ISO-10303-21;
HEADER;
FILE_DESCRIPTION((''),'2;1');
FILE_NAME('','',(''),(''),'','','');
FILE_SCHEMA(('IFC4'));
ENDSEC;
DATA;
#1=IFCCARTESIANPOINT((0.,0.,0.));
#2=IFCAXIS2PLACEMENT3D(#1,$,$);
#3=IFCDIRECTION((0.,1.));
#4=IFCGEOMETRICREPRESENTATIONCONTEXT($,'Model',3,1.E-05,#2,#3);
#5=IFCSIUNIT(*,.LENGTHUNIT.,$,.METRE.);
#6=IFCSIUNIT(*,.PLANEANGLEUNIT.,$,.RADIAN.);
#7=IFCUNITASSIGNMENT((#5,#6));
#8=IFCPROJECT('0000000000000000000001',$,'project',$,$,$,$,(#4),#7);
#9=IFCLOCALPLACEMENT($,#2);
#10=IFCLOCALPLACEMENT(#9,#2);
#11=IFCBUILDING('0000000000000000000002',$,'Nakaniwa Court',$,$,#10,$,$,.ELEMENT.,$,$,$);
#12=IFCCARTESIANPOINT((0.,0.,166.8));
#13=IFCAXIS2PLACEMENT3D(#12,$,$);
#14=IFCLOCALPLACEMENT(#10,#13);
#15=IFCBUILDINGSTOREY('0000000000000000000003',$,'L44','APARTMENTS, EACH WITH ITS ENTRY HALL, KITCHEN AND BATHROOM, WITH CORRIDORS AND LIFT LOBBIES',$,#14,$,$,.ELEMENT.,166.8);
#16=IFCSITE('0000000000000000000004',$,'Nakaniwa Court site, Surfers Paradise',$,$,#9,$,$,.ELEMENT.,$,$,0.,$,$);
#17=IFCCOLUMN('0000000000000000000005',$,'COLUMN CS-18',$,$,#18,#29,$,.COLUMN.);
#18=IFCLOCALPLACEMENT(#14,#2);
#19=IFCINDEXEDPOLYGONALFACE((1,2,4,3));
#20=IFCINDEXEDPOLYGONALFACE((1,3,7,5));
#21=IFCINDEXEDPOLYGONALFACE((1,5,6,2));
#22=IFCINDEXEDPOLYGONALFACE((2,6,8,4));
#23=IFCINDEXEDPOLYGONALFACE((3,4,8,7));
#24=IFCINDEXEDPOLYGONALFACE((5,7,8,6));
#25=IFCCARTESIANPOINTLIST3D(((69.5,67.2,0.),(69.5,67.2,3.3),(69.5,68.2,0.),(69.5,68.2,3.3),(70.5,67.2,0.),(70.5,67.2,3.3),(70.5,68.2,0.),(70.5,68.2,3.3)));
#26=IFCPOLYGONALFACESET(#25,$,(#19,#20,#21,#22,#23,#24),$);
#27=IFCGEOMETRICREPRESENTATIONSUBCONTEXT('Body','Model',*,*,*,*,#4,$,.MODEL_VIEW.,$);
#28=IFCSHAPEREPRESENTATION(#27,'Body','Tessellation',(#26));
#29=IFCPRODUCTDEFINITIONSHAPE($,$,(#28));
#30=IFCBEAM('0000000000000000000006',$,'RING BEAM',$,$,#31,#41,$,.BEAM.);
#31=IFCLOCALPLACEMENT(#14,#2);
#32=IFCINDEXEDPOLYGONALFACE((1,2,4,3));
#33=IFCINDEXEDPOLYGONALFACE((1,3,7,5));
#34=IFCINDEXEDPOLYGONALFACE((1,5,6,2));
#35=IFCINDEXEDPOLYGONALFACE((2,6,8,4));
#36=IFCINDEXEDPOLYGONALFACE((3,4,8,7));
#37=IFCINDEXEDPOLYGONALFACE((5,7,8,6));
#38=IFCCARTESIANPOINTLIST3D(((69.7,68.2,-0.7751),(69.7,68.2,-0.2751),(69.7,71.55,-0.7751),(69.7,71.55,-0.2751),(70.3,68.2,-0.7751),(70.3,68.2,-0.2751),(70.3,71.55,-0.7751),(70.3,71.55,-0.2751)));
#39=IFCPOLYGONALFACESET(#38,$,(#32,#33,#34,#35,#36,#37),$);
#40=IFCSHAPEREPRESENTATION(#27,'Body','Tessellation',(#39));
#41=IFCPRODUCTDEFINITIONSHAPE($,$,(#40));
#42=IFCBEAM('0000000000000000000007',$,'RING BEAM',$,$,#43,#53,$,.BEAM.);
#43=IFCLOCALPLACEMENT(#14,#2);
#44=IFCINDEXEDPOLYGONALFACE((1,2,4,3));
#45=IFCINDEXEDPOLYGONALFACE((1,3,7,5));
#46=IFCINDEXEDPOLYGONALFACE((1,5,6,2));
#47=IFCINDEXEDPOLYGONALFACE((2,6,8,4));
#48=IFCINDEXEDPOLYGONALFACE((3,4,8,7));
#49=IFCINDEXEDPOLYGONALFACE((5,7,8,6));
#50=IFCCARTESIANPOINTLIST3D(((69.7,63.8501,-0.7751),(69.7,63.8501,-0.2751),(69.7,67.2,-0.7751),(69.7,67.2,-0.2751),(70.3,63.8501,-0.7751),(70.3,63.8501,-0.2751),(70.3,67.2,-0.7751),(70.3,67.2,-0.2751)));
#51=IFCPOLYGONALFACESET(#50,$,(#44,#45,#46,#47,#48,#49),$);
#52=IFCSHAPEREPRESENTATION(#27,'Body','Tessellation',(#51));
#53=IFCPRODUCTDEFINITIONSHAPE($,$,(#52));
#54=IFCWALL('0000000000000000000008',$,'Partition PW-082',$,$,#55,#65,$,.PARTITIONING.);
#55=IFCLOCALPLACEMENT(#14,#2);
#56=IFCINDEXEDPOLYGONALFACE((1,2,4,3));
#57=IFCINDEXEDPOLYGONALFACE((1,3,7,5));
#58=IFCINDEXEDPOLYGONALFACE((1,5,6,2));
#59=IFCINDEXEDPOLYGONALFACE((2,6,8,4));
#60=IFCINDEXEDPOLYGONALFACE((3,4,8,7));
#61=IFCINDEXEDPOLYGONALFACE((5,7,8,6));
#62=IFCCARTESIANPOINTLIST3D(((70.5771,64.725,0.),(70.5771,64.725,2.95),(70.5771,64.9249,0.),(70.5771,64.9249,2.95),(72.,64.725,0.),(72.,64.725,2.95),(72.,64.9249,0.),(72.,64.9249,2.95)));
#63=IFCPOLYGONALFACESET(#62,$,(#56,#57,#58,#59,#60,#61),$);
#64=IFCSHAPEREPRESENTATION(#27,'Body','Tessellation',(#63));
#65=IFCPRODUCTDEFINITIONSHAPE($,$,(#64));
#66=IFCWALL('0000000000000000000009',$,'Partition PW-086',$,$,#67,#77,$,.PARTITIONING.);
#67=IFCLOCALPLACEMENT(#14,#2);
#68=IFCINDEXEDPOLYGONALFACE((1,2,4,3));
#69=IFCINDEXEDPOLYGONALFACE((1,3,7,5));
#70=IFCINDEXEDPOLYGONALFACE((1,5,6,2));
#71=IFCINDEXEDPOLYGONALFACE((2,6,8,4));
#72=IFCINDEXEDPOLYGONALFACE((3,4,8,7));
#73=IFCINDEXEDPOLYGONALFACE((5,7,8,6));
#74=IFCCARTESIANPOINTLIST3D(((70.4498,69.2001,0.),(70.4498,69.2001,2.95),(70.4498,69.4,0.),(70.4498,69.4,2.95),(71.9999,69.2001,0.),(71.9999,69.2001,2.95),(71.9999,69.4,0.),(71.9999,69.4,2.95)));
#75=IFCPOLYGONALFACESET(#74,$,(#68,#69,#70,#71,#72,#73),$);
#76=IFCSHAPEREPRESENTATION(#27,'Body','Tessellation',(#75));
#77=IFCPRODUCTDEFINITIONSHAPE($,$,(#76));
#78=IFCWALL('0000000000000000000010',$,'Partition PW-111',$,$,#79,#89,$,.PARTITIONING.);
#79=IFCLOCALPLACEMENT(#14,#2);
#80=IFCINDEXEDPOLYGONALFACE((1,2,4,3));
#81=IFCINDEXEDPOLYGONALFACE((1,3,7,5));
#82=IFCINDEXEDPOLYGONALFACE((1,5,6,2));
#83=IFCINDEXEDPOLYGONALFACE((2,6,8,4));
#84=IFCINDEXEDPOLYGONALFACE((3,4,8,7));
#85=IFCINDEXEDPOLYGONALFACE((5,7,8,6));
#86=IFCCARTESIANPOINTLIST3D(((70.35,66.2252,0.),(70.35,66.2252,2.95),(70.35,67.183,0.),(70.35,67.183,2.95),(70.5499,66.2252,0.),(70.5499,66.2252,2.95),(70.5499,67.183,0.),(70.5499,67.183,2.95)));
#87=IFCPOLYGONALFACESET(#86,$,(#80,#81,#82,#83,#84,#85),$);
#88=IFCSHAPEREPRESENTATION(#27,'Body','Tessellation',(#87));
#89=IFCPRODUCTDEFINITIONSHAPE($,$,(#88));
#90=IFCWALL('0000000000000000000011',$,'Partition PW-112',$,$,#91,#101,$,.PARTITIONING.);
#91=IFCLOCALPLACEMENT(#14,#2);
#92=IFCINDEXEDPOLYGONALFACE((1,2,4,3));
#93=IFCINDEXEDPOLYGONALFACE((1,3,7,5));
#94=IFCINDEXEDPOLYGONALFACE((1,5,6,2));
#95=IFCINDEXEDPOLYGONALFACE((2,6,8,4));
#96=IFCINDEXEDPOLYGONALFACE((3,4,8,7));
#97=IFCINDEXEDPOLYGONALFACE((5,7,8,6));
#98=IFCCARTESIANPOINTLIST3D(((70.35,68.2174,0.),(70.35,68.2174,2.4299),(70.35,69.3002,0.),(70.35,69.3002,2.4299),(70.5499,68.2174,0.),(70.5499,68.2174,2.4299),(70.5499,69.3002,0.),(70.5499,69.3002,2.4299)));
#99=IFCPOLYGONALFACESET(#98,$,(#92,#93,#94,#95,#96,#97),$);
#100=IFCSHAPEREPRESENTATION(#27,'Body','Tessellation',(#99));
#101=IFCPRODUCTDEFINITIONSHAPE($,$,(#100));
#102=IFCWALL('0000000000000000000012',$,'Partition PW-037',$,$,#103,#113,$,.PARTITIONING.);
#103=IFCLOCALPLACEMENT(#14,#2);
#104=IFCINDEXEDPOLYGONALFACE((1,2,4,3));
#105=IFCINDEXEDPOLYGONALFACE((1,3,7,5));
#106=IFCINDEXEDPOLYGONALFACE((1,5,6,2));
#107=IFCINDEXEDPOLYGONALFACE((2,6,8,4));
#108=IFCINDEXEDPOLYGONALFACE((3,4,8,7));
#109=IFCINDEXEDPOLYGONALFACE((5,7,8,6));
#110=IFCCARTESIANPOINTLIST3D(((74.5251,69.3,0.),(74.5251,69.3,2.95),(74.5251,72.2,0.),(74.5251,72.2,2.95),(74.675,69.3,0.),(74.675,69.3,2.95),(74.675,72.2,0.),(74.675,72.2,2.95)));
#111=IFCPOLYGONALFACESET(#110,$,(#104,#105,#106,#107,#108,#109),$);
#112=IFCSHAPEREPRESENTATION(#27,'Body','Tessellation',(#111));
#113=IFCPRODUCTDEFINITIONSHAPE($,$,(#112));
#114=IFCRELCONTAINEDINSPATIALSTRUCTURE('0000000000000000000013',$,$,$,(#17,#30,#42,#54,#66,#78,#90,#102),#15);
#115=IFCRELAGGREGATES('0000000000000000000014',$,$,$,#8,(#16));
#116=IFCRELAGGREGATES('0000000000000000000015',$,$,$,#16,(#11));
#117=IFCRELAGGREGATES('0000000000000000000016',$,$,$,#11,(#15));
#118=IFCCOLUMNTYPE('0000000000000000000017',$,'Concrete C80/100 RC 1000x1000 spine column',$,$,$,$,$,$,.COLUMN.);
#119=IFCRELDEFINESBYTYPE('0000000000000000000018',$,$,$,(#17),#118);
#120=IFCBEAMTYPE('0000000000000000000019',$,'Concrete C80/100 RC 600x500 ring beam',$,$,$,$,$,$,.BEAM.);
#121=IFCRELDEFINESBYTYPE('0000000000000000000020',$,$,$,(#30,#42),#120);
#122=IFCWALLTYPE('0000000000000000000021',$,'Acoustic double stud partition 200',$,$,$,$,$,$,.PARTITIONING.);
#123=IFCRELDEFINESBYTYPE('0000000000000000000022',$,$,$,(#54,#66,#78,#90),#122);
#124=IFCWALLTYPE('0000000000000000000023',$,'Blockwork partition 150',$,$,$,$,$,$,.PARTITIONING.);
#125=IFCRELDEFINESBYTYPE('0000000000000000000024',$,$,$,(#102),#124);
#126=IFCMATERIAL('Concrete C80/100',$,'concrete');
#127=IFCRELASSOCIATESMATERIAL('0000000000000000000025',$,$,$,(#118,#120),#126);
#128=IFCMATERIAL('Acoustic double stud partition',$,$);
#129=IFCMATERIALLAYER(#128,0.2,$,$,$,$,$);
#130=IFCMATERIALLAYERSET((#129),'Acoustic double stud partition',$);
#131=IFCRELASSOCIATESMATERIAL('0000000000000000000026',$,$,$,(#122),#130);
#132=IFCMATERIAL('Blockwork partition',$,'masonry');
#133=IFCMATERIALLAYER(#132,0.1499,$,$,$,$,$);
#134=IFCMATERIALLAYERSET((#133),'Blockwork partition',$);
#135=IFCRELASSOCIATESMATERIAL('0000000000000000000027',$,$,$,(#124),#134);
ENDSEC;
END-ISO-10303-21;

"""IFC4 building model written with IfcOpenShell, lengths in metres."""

from ifc_helpers import new_model, si_unit, direction, frame, frame_2d, origin, origin_2d, place, context, subcontext, project, spatial, rectangle, extrude, material, layer, layer_set, material_profile, profile_set, type_object, element, save


model = new_model("IFC4")

# Units and contexts
model_context = context("Model", 3, precision=1e-05, world=origin(), true_north=direction((0.0, 1.0)))
body_context = subcontext(model_context, "Body", "Model", "MODEL_VIEW")
ifc_project = project(units=[si_unit("LENGTHUNIT", "METRE"), si_unit("PLANEANGLEUNIT", "RADIAN")], contexts=[model_context])

# Site, building, storey
site_placement = place(None, origin())
site = spatial("IfcSite", under=ifc_project, at=site_placement, Name="Nakaniwa Court site, Surfers Paradise", CompositionType="ELEMENT", RefElevation=0.0)
building_placement = place(site_placement, origin())
building = spatial("IfcBuilding", under=site, at=building_placement, Name="Nakaniwa Court", CompositionType="ELEMENT")
storey_placement = place(building_placement, frame((0.0, 0.0, 166.8)))
storey = spatial("IfcBuildingStorey", under=building, at=storey_placement, Name="L44", Description="APARTMENTS, EACH WITH ITS ENTRY HALL, KITCHEN AND BATHROOM, WITH CORRIDORS AND LIFT LOBBIES", CompositionType="ELEMENT", Elevation=166.8)

# Column
ifc_material_1 = material(Name="Concrete C80/100", Category="concrete")
ifc_material_profile_1 = material_profile(ifc_material_1, rectangle(XDim=1.0, YDim=1.0, at=origin_2d()), Name="Concrete C80/100 RC 1000x1000 spine column")
ifc_profile_set_1 = profile_set([ifc_material_profile_1], Name="Concrete C80/100")
column_type = type_object("IfcColumnType", Name="Concrete C80/100 RC 1000x1000 spine column", PredefinedType="COLUMN", material=ifc_profile_set_1)
column_placement = place(storey_placement, frame((70.0, 67.7, 0.0), z_axis=(0.0, 0.0, 1.0), x_axis=(0.0, -1.0, 0.0)))
element("IfcColumn", 1, at=column_placement, inside=storey, type_object=column_type, Name="COLUMN CS-18", PredefinedType="COLUMN", context=body_context, shape_type="SweptSolid", body=[
    extrude(rectangle(XDim=1.0, YDim=1.0, at=origin_2d()), origin(), (0.0, 0.0, 1.0), 3.3),
])

# Beams
ifc_material_profile_2 = material_profile(ifc_material_1, rectangle(XDim=0.6001, YDim=0.5, at=origin_2d()), Name="Concrete C80/100 RC 600x500 ring beam")
ifc_profile_set_2 = profile_set([ifc_material_profile_2], Name="Concrete C80/100")
beam_type = type_object("IfcBeamType", Name="Concrete C80/100 RC 600x500 ring beam", PredefinedType="BEAM", material=ifc_profile_set_2)
beam_1_placement = place(storey_placement, frame((70.0, 71.55, -0.5251), z_axis=(0.0, -1.0, 0.0), x_axis=(1.0, 0.0, 0.0)))
element("IfcBeam", 2, at=beam_1_placement, inside=storey, type_object=beam_type, Name="RING BEAM", PredefinedType="BEAM", context=body_context, shape_type="SweptSolid", body=[
    extrude(rectangle(XDim=0.6001, YDim=0.5, at=origin_2d()), origin(), (0.0, 0.0, 1.0), 3.3501),
])
beam_2_placement = place(storey_placement, frame((70.0, 67.2, -0.5251), z_axis=(0.0, -1.0, 0.0), x_axis=(1.0, 0.0, 0.0)))
element("IfcBeam", 3, at=beam_2_placement, inside=storey, type_object=beam_type, Name="RING BEAM", PredefinedType="BEAM", context=body_context, shape_type="SweptSolid", body=[
    extrude(rectangle(XDim=0.6001, YDim=0.5, at=origin_2d()), origin(), (0.0, 0.0, 1.0), 3.3499),
])

# Walls
ifc_material_2 = material(Name="Acoustic double stud partition")
ifc_layer_1 = layer(ifc_material_2, 0.2)
ifc_layer_set_1 = layer_set([ifc_layer_1], Name="Acoustic double stud partition")
wall_type_1 = type_object("IfcWallType", Name="Acoustic double stud partition 200", PredefinedType="PARTITIONING", material=ifc_layer_set_1)
wall_1_placement = place(storey_placement, frame((70.5771, 64.825, 0.0), z_axis=(0.0, 0.0, 1.0), x_axis=(1.0, 0.0, 0.0)))
element("IfcWall", 4, at=wall_1_placement, inside=storey, type_object=wall_type_1, Name="Partition PW-082", PredefinedType="PARTITIONING", context=body_context, shape_type="SweptSolid", body=[
    extrude(rectangle(XDim=1.4229, YDim=0.2, at=frame_2d((0.7114, 0.0))), origin(), (0.0, 0.0, 1.0), 2.95),
])
wall_2_placement = place(storey_placement, frame((70.45, 69.3, 0.0), z_axis=(0.0, 0.0, 1.0), x_axis=(1.0, 0.0, 0.0)))
element("IfcWall", 5, at=wall_2_placement, inside=storey, type_object=wall_type_1, Name="Partition PW-086", PredefinedType="PARTITIONING", context=body_context, shape_type="SweptSolid", body=[
    extrude(rectangle(XDim=1.55, YDim=0.2, at=frame_2d((0.7749, 0.0))), origin(), (0.0, 0.0, 1.0), 2.95),
])
wall_3_placement = place(storey_placement, frame((70.45, 66.2251, 0.0), z_axis=(0.0, 0.0, 1.0), x_axis=(0.0, 1.0, 0.0)))
element("IfcWall", 6, at=wall_3_placement, inside=storey, type_object=wall_type_1, Name="Partition PW-111", PredefinedType="PARTITIONING", context=body_context, shape_type="SweptSolid", body=[
    extrude(rectangle(XDim=0.9578, YDim=0.2, at=frame_2d((0.479, 0.0))), origin(), (0.0, 0.0, 1.0), 2.95),
])
wall_4_placement = place(storey_placement, frame((70.45, 68.2173, 0.0), z_axis=(0.0, 0.0, 1.0), x_axis=(0.0, 1.0, 0.0)))
element("IfcWall", 7, at=wall_4_placement, inside=storey, type_object=wall_type_1, Name="Partition PW-112", PredefinedType="PARTITIONING", context=body_context, shape_type="SweptSolid", body=[
    extrude(rectangle(XDim=1.0828, YDim=0.2, at=frame_2d((0.5415, 0.0))), origin(), (0.0, 0.0, 1.0), 2.4299),
])
ifc_material_3 = material(Name="Blockwork partition", Category="masonry")
ifc_layer_2 = layer(ifc_material_3, 0.1499)
ifc_layer_set_2 = layer_set([ifc_layer_2], Name="Blockwork partition")
wall_type_2 = type_object("IfcWallType", Name="Blockwork partition 150", PredefinedType="PARTITIONING", material=ifc_layer_set_2)
wall_5_placement = place(storey_placement, frame((74.6001, 69.3, 0.0), z_axis=(0.0, 0.0, 1.0), x_axis=(0.0, 1.0, 0.0)))
element("IfcWall", 8, at=wall_5_placement, inside=storey, type_object=wall_type_2, Name="Partition PW-037", PredefinedType="PARTITIONING", context=body_context, shape_type="SweptSolid", body=[
    extrude(rectangle(XDim=2.8999, YDim=0.1499, at=frame_2d((1.45, 0.0))), origin(), (0.0, 0.0, 1.0), 2.95),
])

save(model, "model.ifc")
